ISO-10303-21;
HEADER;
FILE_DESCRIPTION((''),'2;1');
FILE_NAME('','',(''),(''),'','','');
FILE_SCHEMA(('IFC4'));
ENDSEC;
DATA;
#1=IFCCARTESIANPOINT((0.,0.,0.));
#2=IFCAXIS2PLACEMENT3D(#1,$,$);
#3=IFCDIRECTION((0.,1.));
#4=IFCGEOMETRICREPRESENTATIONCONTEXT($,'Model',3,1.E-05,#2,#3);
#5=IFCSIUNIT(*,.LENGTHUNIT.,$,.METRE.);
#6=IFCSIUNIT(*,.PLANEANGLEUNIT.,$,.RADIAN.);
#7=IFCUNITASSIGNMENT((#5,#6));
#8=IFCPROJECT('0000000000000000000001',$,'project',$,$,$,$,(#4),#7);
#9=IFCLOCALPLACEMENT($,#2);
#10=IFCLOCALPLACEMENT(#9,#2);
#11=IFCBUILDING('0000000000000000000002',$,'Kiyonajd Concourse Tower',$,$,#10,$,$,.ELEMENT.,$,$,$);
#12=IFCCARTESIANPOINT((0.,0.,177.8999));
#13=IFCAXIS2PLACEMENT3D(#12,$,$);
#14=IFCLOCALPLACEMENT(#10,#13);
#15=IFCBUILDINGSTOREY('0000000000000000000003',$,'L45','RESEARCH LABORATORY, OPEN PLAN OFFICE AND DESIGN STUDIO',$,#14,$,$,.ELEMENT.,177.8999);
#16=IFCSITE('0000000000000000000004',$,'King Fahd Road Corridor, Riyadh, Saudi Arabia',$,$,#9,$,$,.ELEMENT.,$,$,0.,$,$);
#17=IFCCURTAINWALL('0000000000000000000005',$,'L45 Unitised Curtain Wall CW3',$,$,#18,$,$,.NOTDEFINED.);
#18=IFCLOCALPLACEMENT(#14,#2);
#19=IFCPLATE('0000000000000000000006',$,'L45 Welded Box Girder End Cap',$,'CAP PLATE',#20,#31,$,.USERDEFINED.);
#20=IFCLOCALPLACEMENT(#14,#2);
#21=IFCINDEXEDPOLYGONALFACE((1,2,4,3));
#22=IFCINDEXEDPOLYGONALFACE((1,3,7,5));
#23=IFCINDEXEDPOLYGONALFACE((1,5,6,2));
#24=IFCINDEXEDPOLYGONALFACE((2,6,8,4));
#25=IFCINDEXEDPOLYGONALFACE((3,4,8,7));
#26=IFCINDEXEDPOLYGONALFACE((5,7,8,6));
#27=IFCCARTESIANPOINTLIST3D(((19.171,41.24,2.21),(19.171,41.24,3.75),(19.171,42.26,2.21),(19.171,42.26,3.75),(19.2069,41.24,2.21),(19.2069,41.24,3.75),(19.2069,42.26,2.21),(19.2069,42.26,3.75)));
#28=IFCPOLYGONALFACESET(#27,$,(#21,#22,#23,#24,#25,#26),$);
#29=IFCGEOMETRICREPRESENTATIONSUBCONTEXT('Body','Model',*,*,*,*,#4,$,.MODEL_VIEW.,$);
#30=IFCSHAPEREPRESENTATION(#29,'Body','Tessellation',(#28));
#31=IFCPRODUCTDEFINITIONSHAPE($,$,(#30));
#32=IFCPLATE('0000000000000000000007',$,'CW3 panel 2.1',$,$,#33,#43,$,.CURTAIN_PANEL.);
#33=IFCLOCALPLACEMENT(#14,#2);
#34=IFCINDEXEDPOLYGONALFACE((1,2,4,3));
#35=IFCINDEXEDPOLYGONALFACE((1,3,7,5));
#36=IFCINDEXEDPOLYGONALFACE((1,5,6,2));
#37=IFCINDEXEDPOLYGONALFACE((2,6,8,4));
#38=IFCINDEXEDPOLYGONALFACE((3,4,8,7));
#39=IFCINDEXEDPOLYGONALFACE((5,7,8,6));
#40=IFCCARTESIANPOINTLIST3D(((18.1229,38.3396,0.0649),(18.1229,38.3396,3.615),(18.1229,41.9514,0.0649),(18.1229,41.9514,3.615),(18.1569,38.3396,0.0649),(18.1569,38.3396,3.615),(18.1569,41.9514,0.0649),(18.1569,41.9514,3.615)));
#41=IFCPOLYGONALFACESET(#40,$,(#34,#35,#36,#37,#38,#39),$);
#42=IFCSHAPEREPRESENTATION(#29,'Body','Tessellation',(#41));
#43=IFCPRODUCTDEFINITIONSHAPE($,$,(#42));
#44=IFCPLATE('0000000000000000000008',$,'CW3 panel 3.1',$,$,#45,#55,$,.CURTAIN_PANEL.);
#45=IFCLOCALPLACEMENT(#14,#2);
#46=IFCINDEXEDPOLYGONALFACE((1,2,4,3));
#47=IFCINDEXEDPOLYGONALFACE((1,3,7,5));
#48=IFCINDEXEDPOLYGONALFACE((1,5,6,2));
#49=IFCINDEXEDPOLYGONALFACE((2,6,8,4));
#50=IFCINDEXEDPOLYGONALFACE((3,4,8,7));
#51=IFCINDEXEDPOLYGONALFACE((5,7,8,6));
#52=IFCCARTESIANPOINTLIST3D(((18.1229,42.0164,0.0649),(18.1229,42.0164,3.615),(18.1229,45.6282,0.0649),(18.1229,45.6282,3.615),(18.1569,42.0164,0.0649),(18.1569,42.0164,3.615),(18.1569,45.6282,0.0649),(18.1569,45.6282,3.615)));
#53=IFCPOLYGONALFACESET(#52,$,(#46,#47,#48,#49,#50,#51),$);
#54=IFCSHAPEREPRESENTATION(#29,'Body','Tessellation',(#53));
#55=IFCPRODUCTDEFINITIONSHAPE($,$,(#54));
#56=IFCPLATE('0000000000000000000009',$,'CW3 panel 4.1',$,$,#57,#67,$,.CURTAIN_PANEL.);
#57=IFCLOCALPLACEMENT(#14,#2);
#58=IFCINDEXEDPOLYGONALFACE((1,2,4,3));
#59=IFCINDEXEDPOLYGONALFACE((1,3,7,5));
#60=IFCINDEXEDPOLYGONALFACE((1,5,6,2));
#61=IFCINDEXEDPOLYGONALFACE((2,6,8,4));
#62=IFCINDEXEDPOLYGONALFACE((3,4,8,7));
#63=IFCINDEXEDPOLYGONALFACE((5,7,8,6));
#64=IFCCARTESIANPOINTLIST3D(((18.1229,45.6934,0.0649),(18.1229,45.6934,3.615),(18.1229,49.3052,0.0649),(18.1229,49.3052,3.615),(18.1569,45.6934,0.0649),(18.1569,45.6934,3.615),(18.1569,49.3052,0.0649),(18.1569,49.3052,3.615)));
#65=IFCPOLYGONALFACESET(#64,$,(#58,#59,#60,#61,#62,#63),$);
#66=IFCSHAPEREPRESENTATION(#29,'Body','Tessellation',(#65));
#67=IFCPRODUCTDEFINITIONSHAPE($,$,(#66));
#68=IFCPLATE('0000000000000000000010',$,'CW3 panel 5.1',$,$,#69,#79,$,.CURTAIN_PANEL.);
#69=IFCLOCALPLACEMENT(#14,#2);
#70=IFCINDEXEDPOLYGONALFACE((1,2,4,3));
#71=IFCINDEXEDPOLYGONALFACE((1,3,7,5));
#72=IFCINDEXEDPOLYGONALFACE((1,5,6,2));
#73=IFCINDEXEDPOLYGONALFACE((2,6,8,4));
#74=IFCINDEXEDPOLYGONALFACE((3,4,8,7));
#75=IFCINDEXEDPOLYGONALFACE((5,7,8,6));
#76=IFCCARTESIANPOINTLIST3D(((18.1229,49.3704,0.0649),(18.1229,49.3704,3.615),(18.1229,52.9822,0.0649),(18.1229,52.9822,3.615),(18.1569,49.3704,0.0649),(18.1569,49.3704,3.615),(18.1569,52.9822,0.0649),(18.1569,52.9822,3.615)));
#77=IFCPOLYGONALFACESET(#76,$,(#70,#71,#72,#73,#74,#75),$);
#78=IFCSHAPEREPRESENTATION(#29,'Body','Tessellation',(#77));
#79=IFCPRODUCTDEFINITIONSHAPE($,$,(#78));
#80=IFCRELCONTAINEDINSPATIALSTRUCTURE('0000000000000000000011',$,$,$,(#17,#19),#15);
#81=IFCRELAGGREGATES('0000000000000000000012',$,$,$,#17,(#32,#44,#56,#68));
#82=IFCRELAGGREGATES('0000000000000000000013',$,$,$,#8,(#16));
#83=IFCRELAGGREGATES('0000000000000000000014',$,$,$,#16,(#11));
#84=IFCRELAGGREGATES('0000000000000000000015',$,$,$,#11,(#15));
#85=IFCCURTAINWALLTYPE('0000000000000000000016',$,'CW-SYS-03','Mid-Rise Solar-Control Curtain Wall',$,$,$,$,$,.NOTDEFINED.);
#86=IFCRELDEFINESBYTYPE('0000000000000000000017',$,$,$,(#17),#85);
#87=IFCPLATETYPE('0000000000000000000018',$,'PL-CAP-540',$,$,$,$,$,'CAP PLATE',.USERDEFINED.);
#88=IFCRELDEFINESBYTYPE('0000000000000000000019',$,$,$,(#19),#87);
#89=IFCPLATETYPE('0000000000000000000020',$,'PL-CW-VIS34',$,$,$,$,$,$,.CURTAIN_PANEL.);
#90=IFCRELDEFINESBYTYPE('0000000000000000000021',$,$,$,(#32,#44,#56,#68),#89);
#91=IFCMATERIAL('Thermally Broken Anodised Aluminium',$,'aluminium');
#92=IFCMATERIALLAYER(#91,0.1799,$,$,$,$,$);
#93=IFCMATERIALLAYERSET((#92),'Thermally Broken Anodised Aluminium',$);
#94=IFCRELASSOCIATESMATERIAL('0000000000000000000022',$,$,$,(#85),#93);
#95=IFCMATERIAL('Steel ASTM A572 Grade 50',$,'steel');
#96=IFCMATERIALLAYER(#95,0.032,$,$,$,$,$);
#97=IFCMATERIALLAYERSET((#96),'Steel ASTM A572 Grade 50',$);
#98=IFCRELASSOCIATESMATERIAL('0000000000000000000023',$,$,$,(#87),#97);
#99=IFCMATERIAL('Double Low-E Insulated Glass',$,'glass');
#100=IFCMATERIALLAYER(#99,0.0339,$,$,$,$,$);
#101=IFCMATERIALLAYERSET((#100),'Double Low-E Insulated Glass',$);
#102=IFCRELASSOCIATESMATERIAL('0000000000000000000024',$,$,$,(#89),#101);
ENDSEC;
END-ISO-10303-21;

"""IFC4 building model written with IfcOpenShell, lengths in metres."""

from ifc_helpers import new_model, si_unit, direction, frame, origin, origin_2d, place, context, subcontext, project, spatial, rectangle, extrude, material, layer, layer_set, type_object, element, aggregate, save


model = new_model("IFC4")

# Units and contexts
model_context = context("Model", 3, precision=1e-05, world=origin(), true_north=direction((0.0, 1.0)))
body_context = subcontext(model_context, "Body", "Model", "MODEL_VIEW")
ifc_project = project(units=[si_unit("LENGTHUNIT", "METRE"), si_unit("PLANEANGLEUNIT", "RADIAN")], contexts=[model_context])

# Site, building, storey
site_placement = place(None, origin())
site = spatial("IfcSite", under=ifc_project, at=site_placement, Name="King Fahd Road Corridor, Riyadh, Saudi Arabia", CompositionType="ELEMENT", RefElevation=0.0)
building_placement = place(site_placement, origin())
building = spatial("IfcBuilding", under=site, at=building_placement, Name="Kiyonajd Concourse Tower", CompositionType="ELEMENT")
storey_placement = place(building_placement, frame((0.0, 0.0, 177.8999)))
storey = spatial("IfcBuildingStorey", under=building, at=storey_placement, Name="L45", Description="RESEARCH LABORATORY, OPEN PLAN OFFICE AND DESIGN STUDIO", CompositionType="ELEMENT", Elevation=177.8999)

# Shared definitions
ifc_material_1 = material(Name="Steel ASTM A572 Grade 50", Category="steel")

# Curtain wall
ifc_material_2 = material(Name="Thermally Broken Anodised Aluminium", Category="aluminium")
ifc_layer_1 = layer(ifc_material_2, 0.1799)
ifc_layer_set_1 = layer_set([ifc_layer_1], Name="Thermally Broken Anodised Aluminium")
curtain_wall_type = type_object("IfcCurtainWallType", Name="CW-SYS-03", Description="Mid-Rise Solar-Control Curtain Wall", PredefinedType="NOTDEFINED", material=ifc_layer_set_1)
curtain_wall_placement = place(storey_placement, origin())
curtain_wall = element("IfcCurtainWall", 1, at=curtain_wall_placement, inside=storey, type_object=curtain_wall_type, Name="L45 Unitised Curtain Wall CW3", PredefinedType="NOTDEFINED")

# Plate
ifc_layer_2 = layer(ifc_material_1, 0.032)
ifc_layer_set_2 = layer_set([ifc_layer_2], Name="Steel ASTM A572 Grade 50")
plate_type_1 = type_object("IfcPlateType", Name="PL-CAP-540", ElementType="CAP PLATE", PredefinedType="USERDEFINED", material=ifc_layer_set_2)
for number, where, z_axis, x_axis, name in (
    (2, (19.189, 41.75, 2.21), (0.0, 0.0, 1.0), (-1.0, 0.0, 0.0), "L45 Welded Box Girder End Cap"),
):
    element("IfcPlate", number, at=place(storey_placement, frame(where, z_axis=z_axis, x_axis=x_axis)), inside=storey, type_object=plate_type_1, Name=name, ObjectType="CAP PLATE", PredefinedType="USERDEFINED", context=body_context, shape_type="SweptSolid", body=[
        extrude(rectangle(XDim=0.0359, YDim=1.02, at=origin_2d()), origin(), (0.0, 0.0, 1.0), 1.54),
    ])

# Plates
ifc_material_3 = material(Name="Double Low-E Insulated Glass", Category="glass")
ifc_layer_3 = layer(ifc_material_3, 0.0339)
ifc_layer_set_3 = layer_set([ifc_layer_3], Name="Double Low-E Insulated Glass")
plate_type_2 = type_object("IfcPlateType", Name="PL-CW-VIS34", PredefinedType="CURTAIN_PANEL", material=ifc_layer_set_3)
plate_1_placement = place(storey_placement, frame((18.1399, 40.1455, 0.0649), z_axis=(0.0, 0.0, 1.0), x_axis=(0.0, 1.0, 0.0)))
plate_1 = element("IfcPlate", 3, at=plate_1_placement, type_object=plate_type_2, Name="CW3 panel 2.1", PredefinedType="CURTAIN_PANEL", context=body_context, shape_type="SweptSolid", body=[
    extrude(rectangle(XDim=3.6118, YDim=0.0339, at=origin_2d()), origin(), (0.0, 0.0, 1.0), 3.55),
])
plate_2_placement = place(storey_placement, frame((18.1399, 43.8223, 0.0649), z_axis=(0.0, 0.0, 1.0), x_axis=(0.0, 1.0, 0.0)))
plate_2 = element("IfcPlate", 4, at=plate_2_placement, type_object=plate_type_2, Name="CW3 panel 3.1", PredefinedType="CURTAIN_PANEL", context=body_context, shape_type="SweptSolid", body=[
    extrude(rectangle(XDim=3.6118, YDim=0.0339, at=origin_2d()), origin(), (0.0, 0.0, 1.0), 3.55),
])
plate_3_placement = place(storey_placement, frame((18.1399, 47.4993, 0.0649), z_axis=(0.0, 0.0, 1.0), x_axis=(0.0, 1.0, 0.0)))
plate_3 = element("IfcPlate", 5, at=plate_3_placement, type_object=plate_type_2, Name="CW3 panel 4.1", PredefinedType="CURTAIN_PANEL", context=body_context, shape_type="SweptSolid", body=[
    extrude(rectangle(XDim=3.6118, YDim=0.0339, at=origin_2d()), origin(), (0.0, 0.0, 1.0), 3.55),
])
plate_4_placement = place(storey_placement, frame((18.1399, 51.1763, 0.0649), z_axis=(0.0, 0.0, 1.0), x_axis=(0.0, 1.0, 0.0)))
plate_4 = element("IfcPlate", 6, at=plate_4_placement, type_object=plate_type_2, Name="CW3 panel 5.1", PredefinedType="CURTAIN_PANEL", context=body_context, shape_type="SweptSolid", body=[
    extrude(rectangle(XDim=3.6118, YDim=0.0339, at=origin_2d()), origin(), (0.0, 0.0, 1.0), 3.55),
])
aggregate(curtain_wall, [plate_1, plate_2, plate_3, plate_4])

save(model, "model.ifc")
